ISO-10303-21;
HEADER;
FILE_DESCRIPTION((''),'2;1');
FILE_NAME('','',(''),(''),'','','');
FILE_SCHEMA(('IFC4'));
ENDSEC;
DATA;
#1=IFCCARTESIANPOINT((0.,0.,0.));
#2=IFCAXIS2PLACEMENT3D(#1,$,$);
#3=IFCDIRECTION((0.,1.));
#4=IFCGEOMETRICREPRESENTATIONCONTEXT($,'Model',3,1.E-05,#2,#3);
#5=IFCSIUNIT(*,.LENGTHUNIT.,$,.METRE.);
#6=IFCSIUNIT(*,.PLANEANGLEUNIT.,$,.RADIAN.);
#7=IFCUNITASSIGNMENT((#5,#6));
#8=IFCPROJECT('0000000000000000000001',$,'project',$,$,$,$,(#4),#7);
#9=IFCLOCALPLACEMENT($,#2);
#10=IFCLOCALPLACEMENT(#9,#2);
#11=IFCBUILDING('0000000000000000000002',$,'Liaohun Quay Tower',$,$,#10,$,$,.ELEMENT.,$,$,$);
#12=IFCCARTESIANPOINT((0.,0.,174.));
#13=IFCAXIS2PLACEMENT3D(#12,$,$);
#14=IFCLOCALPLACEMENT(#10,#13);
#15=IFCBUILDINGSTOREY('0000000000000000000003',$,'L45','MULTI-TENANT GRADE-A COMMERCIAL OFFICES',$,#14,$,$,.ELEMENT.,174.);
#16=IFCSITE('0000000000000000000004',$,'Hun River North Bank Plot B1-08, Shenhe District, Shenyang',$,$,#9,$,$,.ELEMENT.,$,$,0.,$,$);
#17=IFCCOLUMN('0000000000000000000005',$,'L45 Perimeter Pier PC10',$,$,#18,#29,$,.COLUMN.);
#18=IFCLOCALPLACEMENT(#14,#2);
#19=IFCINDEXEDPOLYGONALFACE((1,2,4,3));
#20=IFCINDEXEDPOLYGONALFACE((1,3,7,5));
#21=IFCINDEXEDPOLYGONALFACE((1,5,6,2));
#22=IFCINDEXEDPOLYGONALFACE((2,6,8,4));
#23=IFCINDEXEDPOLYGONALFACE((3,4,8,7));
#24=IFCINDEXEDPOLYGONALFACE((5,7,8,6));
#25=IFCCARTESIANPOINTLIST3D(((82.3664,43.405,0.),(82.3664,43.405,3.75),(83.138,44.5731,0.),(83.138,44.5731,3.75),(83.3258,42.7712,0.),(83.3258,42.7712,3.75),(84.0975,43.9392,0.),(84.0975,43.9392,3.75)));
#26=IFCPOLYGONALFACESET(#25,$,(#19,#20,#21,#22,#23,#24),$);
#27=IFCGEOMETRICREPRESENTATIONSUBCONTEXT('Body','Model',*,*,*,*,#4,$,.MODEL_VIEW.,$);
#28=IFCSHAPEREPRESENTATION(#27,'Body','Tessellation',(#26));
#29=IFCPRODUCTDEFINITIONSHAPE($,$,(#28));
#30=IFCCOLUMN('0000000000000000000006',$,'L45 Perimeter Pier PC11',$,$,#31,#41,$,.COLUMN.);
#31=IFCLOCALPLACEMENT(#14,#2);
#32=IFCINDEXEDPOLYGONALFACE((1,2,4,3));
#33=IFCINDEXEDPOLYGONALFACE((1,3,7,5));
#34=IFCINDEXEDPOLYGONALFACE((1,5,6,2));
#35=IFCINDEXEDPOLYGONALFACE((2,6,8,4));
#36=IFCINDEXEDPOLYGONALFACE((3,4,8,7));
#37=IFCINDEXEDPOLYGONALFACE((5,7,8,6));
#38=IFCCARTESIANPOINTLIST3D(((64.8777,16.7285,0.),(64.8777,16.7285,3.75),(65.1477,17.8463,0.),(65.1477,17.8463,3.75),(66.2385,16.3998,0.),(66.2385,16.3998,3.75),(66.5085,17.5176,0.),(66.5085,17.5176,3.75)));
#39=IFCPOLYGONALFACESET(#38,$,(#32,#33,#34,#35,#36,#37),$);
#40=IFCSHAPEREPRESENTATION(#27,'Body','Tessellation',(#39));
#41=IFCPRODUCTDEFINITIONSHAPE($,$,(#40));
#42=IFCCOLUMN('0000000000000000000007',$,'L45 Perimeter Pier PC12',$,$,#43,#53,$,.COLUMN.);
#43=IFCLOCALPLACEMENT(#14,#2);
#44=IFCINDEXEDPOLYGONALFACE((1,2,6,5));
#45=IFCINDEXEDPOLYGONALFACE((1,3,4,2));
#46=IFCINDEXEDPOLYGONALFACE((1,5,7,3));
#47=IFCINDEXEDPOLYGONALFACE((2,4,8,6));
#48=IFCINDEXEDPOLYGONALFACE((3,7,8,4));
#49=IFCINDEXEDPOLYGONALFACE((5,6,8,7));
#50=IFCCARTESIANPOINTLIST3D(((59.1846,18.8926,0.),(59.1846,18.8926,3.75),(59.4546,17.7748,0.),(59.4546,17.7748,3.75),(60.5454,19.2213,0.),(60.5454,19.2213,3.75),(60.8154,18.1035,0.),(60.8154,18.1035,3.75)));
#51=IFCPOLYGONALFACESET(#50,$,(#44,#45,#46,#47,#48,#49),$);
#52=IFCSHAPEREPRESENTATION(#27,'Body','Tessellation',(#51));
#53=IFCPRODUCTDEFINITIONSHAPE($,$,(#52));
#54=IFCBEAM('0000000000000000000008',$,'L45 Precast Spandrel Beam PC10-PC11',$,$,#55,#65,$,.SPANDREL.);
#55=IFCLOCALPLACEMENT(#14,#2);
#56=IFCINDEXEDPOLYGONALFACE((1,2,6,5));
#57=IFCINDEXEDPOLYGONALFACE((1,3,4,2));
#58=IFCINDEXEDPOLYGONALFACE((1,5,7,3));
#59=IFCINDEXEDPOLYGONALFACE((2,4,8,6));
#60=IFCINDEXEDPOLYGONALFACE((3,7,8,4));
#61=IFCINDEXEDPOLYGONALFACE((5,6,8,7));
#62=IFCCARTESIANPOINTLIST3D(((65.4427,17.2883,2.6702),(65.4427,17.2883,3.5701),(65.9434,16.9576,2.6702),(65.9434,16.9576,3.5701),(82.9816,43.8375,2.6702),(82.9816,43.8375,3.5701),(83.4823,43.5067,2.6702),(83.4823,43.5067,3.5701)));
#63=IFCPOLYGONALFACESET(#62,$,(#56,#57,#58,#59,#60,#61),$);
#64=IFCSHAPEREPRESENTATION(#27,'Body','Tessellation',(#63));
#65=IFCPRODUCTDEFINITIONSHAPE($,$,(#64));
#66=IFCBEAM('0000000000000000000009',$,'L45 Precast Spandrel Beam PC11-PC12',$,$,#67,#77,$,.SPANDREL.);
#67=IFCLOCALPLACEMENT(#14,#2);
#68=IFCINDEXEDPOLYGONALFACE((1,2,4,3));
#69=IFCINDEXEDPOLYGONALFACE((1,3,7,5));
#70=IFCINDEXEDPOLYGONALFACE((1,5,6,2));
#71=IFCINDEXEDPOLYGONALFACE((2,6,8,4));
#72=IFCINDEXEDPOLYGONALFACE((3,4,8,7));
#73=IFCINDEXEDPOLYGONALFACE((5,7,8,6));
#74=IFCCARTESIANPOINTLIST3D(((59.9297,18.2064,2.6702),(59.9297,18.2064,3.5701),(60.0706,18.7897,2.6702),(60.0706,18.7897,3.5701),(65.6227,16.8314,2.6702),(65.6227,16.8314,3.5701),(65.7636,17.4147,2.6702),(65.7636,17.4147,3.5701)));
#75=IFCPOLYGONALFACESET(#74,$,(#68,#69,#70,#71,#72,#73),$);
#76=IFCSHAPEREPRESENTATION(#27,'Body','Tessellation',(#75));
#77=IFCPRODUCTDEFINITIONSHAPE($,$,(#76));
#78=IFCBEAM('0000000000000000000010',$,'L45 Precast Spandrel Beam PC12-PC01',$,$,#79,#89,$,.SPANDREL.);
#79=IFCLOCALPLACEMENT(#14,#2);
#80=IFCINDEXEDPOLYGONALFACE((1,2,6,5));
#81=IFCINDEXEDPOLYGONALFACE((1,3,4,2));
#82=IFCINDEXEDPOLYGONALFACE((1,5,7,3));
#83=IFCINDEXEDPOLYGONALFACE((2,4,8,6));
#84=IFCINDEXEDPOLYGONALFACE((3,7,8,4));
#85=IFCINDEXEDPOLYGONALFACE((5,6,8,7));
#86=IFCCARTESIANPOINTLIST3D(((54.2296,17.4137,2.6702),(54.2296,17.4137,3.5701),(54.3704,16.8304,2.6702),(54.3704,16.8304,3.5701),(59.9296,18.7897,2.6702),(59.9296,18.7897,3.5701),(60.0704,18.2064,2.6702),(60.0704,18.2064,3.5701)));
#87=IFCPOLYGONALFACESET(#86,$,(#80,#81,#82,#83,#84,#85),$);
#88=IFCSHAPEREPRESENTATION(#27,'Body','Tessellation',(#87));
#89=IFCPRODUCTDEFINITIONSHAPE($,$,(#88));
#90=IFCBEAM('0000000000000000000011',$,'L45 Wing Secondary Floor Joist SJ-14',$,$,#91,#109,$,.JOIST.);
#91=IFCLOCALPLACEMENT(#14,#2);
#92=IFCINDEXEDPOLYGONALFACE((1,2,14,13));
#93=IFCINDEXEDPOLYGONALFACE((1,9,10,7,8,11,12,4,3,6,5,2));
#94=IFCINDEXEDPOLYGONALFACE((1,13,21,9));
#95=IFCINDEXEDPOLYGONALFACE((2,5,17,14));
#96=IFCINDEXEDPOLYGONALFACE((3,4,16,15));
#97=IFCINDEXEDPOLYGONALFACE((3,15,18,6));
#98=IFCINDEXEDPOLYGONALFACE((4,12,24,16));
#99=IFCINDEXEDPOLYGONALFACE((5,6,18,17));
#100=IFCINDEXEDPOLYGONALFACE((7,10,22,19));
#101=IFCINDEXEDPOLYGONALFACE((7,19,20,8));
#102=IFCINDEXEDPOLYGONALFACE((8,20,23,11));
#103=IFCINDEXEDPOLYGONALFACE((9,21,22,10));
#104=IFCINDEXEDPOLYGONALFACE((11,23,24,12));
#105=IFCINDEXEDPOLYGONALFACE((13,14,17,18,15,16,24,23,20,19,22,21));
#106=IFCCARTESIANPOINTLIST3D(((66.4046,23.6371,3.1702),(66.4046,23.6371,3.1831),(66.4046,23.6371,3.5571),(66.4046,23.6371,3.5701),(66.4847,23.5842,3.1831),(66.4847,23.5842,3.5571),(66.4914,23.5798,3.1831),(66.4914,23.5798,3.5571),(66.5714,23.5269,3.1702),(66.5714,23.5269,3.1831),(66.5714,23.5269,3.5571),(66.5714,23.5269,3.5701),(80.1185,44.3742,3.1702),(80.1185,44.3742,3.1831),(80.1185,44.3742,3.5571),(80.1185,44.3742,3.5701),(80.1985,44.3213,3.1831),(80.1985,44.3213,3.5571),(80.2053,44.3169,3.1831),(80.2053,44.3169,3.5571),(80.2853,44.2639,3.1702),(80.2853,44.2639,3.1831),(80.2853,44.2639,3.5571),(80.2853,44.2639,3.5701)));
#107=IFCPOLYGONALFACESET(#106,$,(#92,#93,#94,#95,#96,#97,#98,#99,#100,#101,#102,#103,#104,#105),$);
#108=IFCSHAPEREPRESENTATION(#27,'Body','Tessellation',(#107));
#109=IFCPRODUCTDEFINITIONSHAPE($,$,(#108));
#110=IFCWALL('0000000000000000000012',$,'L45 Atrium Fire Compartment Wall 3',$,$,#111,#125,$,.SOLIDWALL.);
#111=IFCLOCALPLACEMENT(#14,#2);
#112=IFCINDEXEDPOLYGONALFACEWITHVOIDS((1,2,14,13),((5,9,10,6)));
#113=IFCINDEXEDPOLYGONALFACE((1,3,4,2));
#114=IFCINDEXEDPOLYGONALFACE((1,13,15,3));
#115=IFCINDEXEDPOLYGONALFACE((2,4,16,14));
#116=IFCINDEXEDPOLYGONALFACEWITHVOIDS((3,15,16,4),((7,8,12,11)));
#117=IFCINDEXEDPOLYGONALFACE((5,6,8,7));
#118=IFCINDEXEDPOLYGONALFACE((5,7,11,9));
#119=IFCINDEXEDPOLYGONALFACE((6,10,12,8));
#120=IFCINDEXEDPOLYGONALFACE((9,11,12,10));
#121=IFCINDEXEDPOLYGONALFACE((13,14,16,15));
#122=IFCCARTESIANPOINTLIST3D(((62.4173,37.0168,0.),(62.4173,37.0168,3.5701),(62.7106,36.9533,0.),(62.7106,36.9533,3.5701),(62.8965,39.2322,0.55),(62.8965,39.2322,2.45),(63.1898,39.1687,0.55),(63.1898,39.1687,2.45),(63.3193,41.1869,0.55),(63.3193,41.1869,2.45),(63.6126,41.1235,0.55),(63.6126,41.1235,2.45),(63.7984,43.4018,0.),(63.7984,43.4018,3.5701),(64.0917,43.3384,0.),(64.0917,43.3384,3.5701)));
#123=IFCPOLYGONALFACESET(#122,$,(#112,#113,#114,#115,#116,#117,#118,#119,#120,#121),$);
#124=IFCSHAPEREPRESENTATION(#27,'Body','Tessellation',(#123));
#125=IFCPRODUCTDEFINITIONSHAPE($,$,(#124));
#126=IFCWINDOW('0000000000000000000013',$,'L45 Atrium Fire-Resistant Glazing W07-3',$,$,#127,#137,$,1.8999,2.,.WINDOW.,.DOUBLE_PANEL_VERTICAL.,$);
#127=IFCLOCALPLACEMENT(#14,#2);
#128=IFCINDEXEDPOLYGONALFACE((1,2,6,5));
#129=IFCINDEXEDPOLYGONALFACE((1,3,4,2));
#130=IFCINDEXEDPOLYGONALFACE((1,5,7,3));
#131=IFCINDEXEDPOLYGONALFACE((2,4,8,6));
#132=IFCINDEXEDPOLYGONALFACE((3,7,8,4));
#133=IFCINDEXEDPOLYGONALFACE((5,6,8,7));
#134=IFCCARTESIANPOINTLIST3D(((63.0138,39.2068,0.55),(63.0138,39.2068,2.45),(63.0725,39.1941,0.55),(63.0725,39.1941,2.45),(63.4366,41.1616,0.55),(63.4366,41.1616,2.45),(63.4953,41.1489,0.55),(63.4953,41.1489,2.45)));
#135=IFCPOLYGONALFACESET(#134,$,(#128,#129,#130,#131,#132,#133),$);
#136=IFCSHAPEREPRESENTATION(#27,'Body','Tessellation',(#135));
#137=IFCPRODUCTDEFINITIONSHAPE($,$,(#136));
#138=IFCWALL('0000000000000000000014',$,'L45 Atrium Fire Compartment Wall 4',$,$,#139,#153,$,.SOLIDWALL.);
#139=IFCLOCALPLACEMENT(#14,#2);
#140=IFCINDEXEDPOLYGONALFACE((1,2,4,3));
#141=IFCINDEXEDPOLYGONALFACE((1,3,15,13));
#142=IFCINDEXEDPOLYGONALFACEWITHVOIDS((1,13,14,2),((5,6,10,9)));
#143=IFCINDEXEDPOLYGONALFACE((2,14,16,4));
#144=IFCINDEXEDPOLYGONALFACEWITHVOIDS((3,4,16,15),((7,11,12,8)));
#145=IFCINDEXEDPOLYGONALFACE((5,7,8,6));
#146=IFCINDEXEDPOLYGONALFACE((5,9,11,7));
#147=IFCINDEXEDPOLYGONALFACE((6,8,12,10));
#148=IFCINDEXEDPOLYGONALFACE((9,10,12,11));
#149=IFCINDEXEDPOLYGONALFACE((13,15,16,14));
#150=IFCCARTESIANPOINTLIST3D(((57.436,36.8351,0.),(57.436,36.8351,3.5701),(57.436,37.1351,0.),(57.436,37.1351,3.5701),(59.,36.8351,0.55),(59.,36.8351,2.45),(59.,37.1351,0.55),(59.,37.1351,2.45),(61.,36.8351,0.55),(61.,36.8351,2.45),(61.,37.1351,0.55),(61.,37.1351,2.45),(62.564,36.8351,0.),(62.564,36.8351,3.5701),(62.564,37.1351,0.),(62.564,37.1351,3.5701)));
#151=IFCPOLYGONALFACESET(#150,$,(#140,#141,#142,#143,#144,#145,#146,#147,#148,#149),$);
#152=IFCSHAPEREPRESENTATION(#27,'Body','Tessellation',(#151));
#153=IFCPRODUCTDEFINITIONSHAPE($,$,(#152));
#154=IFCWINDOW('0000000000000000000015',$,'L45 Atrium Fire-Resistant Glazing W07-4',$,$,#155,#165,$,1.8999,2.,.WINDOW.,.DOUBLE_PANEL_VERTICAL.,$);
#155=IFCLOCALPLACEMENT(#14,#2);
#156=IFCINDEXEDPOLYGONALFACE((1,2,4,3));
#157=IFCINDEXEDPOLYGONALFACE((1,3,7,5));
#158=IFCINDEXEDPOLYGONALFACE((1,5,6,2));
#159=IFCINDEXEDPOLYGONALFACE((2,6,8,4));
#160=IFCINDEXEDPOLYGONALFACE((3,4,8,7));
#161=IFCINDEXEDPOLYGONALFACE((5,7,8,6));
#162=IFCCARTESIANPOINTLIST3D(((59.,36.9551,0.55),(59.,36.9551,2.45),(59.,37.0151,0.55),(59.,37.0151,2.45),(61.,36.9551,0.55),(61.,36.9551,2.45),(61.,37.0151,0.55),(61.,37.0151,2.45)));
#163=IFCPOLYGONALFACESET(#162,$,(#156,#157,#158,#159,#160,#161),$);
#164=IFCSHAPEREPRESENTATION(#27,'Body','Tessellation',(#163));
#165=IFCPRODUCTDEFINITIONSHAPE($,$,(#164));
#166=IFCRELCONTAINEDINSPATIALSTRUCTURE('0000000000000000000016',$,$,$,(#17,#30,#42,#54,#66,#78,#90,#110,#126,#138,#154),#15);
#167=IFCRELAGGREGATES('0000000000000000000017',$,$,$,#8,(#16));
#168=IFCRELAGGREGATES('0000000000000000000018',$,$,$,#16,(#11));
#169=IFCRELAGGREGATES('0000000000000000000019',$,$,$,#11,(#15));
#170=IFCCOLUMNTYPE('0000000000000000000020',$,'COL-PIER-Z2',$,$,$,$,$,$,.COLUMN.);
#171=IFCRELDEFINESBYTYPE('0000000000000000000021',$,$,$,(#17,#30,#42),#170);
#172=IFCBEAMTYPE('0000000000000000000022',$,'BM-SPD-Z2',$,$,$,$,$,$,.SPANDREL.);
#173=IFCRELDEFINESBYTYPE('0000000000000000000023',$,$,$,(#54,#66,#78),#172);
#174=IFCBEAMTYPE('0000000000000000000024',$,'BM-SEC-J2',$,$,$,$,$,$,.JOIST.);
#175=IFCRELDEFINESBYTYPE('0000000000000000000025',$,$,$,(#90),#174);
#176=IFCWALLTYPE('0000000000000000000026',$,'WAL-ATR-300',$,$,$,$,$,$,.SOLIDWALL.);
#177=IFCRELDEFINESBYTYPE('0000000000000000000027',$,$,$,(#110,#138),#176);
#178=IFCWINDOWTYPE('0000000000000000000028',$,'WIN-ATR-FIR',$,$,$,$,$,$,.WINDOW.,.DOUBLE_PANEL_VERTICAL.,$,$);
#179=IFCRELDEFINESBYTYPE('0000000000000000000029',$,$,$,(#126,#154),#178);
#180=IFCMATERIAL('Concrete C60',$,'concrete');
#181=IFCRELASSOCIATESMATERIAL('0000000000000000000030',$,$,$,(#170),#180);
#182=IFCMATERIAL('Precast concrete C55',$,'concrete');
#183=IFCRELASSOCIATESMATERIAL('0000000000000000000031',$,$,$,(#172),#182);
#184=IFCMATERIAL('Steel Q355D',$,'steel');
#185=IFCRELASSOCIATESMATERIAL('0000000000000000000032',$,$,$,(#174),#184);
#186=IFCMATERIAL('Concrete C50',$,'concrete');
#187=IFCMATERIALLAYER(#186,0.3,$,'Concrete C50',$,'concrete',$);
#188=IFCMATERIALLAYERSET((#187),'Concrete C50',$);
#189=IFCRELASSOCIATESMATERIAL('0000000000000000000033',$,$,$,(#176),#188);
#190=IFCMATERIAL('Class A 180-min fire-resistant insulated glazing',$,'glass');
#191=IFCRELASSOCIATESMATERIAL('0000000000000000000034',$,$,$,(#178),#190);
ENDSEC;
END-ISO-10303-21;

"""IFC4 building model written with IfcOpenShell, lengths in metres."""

from ifc_helpers import new_model, si_unit, direction, frame, frame_2d, origin, origin_2d, place, context, subcontext, project, spatial, rectangle, i_section, extrude, source, transform, mapped, material, layer, layer_set, material_profile, profile_set, type_object, element, fill, save


model = new_model("IFC4")

# Units and contexts
model_context = context("Model", 3, precision=1e-05, world=origin(), true_north=direction((0.0, 1.0)))
body_context = subcontext(model_context, "Body", "Model", "MODEL_VIEW")
ifc_project = project(units=[si_unit("LENGTHUNIT", "METRE"), si_unit("PLANEANGLEUNIT", "RADIAN")], contexts=[model_context])

# Site, building, storey
site_placement = place(None, origin())
site = spatial("IfcSite", under=ifc_project, at=site_placement, Name="Hun River North Bank Plot B1-08, Shenhe District, Shenyang", CompositionType="ELEMENT", RefElevation=0.0)
building_placement = place(site_placement, origin())
building = spatial("IfcBuilding", under=site, at=building_placement, Name="Liaohun Quay Tower", CompositionType="ELEMENT")
storey_placement = place(building_placement, frame((0.0, 0.0, 174.0)))
storey = spatial("IfcBuildingStorey", under=building, at=storey_placement, Name="L45", Description="MULTI-TENANT GRADE-A COMMERCIAL OFFICES", CompositionType="ELEMENT", Elevation=174.0)

# Columns
ifc_material_1 = material(Name="Concrete C60", Category="concrete")
ifc_material_profile_1 = material_profile(ifc_material_1, rectangle(XDim=1.3999, YDim=1.1499, at=origin_2d()), Name="RC1400x1150")
ifc_profile_set_1 = profile_set([ifc_material_profile_1], Name="Concrete C60")
column_type = type_object("IfcColumnType", Name="COL-PIER-Z2", PredefinedType="COLUMN", material=ifc_profile_set_1)
shared_shape_1 = source(origin(), body_context, "Body", "SweptSolid", [
    extrude(rectangle(XDim=1.3999, YDim=1.1499, at=origin_2d()), origin(), (0.0, 0.0, 1.0), 3.75),
])
for number, where, z_axis, x_axis, name in (
    (1, (83.2319, 43.6721, 0.0), (0.0, 0.0, 1.0), (0.551209, 0.834367, 0.0), "L45 Perimeter Pier PC10"),
    (2, (65.6931, 17.123, 0.0), (0.0, 0.0, 1.0), (-0.972043, 0.234803, 0.0), "L45 Perimeter Pier PC11"),
    (3, (60.0, 18.498, 0.0), (0.0, 0.0, 1.0), (0.972043, 0.234803, 0.0), "L45 Perimeter Pier PC12"),
):
    element("IfcColumn", number, at=place(storey_placement, frame(where, z_axis=z_axis, x_axis=x_axis)), inside=storey, type_object=column_type, Name=name, PredefinedType="COLUMN", context=body_context, shape_type="MappedRepresentation", body=[
        mapped(shared_shape_1, transform((0.0, 0.0, 0.0), x_axis=(1.0, 0.0, 0.0), y_axis=(0.0, 1.0, 0.0), z_axis=(0.0, 0.0, 1.0), scale=1.0)),
    ])

# Beams
ifc_material_2 = material(Name="Precast concrete C55", Category="concrete")
ifc_material_profile_2 = material_profile(ifc_material_2, rectangle(XDim=0.6001, YDim=0.8999, at=origin_2d()), Name="RC600x900")
ifc_profile_set_2 = profile_set([ifc_material_profile_2], Name="Precast concrete C55")
beam_type_1 = type_object("IfcBeamType", Name="BM-SPD-Z2", PredefinedType="SPANDREL", material=ifc_profile_set_2)
shared_shape_2 = source(origin(), body_context, "Body", "SweptSolid", [
    extrude(rectangle(XDim=0.6001, YDim=0.8999, at=origin_2d()), origin(), (0.0, 0.0, 1.0), 31.8193),
])
beam_1_placement = place(storey_placement, frame((83.2319, 43.6721, 3.1201), z_axis=(-0.551202, -0.834372, 0.0), x_axis=(0.834372, -0.551202, 0.0)))
element("IfcBeam", 4, at=beam_1_placement, inside=storey, type_object=beam_type_1, Name="L45 Precast Spandrel Beam PC10-PC11", PredefinedType="SPANDREL", context=body_context, shape_type="MappedRepresentation", body=[
    mapped(shared_shape_2, transform((0.0, 0.0, 0.0), x_axis=(1.0, 0.0, 0.0), y_axis=(0.0, 1.0, 0.0), z_axis=(0.0, 0.0, 1.0), scale=1.0)),
])
shared_shape_3 = source(origin(), body_context, "Body", "SweptSolid", [
    extrude(rectangle(XDim=0.6001, YDim=0.8999, at=origin_2d()), origin(), (0.0, 0.0, 1.0), 5.8567),
])
beam_2_placement = place(storey_placement, frame((65.6931, 17.123, 3.1201), z_axis=(-0.972051, 0.23477, 0.0), x_axis=(-0.23477, -0.972051, 0.0)))
element("IfcBeam", 5, at=beam_2_placement, inside=storey, type_object=beam_type_1, Name="L45 Precast Spandrel Beam PC11-PC12", PredefinedType="SPANDREL", context=body_context, shape_type="MappedRepresentation", body=[
    mapped(shared_shape_3, transform((0.0, 0.0, 0.0), x_axis=(1.0, 0.0, 0.0), y_axis=(0.0, 1.0, 0.0), z_axis=(0.0, 0.0, 1.0), scale=1.0)),
])
shared_shape_4 = source(origin(), body_context, "Body", "SweptSolid", [
    extrude(rectangle(XDim=0.6001, YDim=0.8999, at=origin_2d()), origin(), (0.0, 0.0, 1.0), 5.8638),
])
beam_3_placement = place(storey_placement, frame((60.0, 18.498, 3.1201), z_axis=(-0.972077, -0.234661, 0.0), x_axis=(0.234661, -0.972077, 0.0)))
element("IfcBeam", 6, at=beam_3_placement, inside=storey, type_object=beam_type_1, Name="L45 Precast Spandrel Beam PC12-PC01", PredefinedType="SPANDREL", context=body_context, shape_type="MappedRepresentation", body=[
    mapped(shared_shape_4, transform((0.0, 0.0, 0.0), x_axis=(1.0, 0.0, 0.0), y_axis=(0.0, 1.0, 0.0), z_axis=(0.0, 0.0, 1.0), scale=1.0)),
])
ifc_material_3 = material(Name="Steel Q355D", Category="steel")
ifc_material_profile_3 = material_profile(ifc_material_3, i_section(OverallWidth=0.2, OverallDepth=0.3999, WebThickness=0.0081, FlangeThickness=0.0129, at=origin_2d()), Name="HN400x200x8x13")
ifc_profile_set_3 = profile_set([ifc_material_profile_3], Name="Steel Q355D")
beam_type_2 = type_object("IfcBeamType", Name="BM-SEC-J2", PredefinedType="JOIST", material=ifc_profile_set_3)
shared_shape_5 = source(origin(), body_context, "Body", "SweptSolid", [
    extrude(i_section(OverallWidth=0.2, OverallDepth=0.3999, WebThickness=0.0081, FlangeThickness=0.0129, at=origin_2d()), origin(), (0.0, 0.0, 1.0), 24.8616),
])
beam_4_placement = place(storey_placement, frame((80.2019, 44.3191, 3.3701), z_axis=(-0.55161, -0.834102, 0.0), x_axis=(0.834102, -0.55161, 0.0)))
element("IfcBeam", 7, at=beam_4_placement, inside=storey, type_object=beam_type_2, Name="L45 Wing Secondary Floor Joist SJ-14", PredefinedType="JOIST", context=body_context, shape_type="MappedRepresentation", body=[
    mapped(shared_shape_5, transform((0.0, 0.0, 0.0), x_axis=(1.0, 0.0, 0.0), y_axis=(0.0, 1.0, 0.0), z_axis=(0.0, 0.0, 1.0), scale=1.0)),
])

# Walls, openings, windows
ifc_material_4 = material(Name="Concrete C50", Category="concrete")
ifc_layer_1 = layer(ifc_material_4, 0.3, Name="Concrete C50", Category="concrete")
ifc_layer_set_1 = layer_set([ifc_layer_1], Name="Concrete C50")
wall_type_1 = type_object("IfcWallType", Name="WAL-ATR-300", PredefinedType="SOLIDWALL", material=ifc_layer_set_1)
wall_1_placement = place(storey_placement, frame((63.9451, 43.3701, 0.0), z_axis=(0.0, 0.0, 1.0), x_axis=(-0.211415, -0.977396, 0.0)))
wall_1 = element("IfcWall", 8, at=wall_1_placement, inside=storey, type_object=wall_type_1, Name="L45 Atrium Fire Compartment Wall 3", PredefinedType="SOLIDWALL", context=body_context, shape_type="SweptSolid", body=[
    extrude(rectangle(XDim=6.5327, YDim=0.3, at=frame_2d((3.2664, 0.0))), origin(), (0.0, 0.0, 1.0), 3.5701),
])
shared_shape_6 = source(origin(), body_context, "Body", "SweptSolid", [
    extrude(rectangle(XDim=2.0, YDim=1.8999, at=frame_2d((1.0, 0.95))), frame((0.0, 0.1599, 0.0), z_axis=(0.0, -1.0, 0.0), x_axis=(1.0, 0.0, 0.0)), (0.0, 0.0, 1.0), 0.3201),
])
opening_1_placement = place(wall_1_placement, frame((2.2661, 0.0, 0.55)))
opening_1 = element("IfcOpeningElement", 9, at=opening_1_placement, cuts=wall_1, PredefinedType="OPENING", context=body_context, shape_type="MappedRepresentation", body=[
    mapped(shared_shape_6, transform((0.0, 0.0, 0.0), x_axis=(1.0, 0.0, 0.0), y_axis=(0.0, 1.0, 0.0), z_axis=(0.0, 0.0, 1.0), scale=1.0)),
])
ifc_material_5 = material(Name="Class A 180-min fire-resistant insulated glazing", Category="glass")
window_type_1 = type_object("IfcWindowType", Name="WIN-ATR-FIR", PartitioningType="DOUBLE_PANEL_VERTICAL", PredefinedType="WINDOW", material=ifc_material_5)
shared_shape_7 = source(origin(), body_context, "Body", "SweptSolid", [
    extrude(rectangle(XDim=2.0, YDim=1.8999, at=frame_2d((1.0, 0.95))), frame((0.0, 0.03, 0.0), z_axis=(0.0, -1.0, 0.0), x_axis=(1.0, 0.0, 0.0)), (0.0, 0.0, 1.0), 0.0601),
])
window_1_placement = place(opening_1_placement, origin())
window_1 = element("IfcWindow", 10, at=window_1_placement, inside=storey, type_object=window_type_1, Name="L45 Atrium Fire-Resistant Glazing W07-3", OverallHeight=1.8999, OverallWidth=2.0, PartitioningType="DOUBLE_PANEL_VERTICAL", PredefinedType="WINDOW", context=body_context, shape_type="MappedRepresentation", body=[
    mapped(shared_shape_7, transform((0.0, 0.0, 0.0), x_axis=(1.0, 0.0, 0.0), y_axis=(0.0, 1.0, 0.0), z_axis=(0.0, 0.0, 1.0), scale=1.0)),
])
fill(opening_1, window_1)
wall_2_placement = place(storey_placement, frame((62.564, 36.9851, 0.0), z_axis=(0.0, 0.0, 1.0), x_axis=(-1.0, 0.0, 0.0)))
wall_2 = element("IfcWall", 11, at=wall_2_placement, inside=storey, type_object=wall_type_1, Name="L45 Atrium Fire Compartment Wall 4", PredefinedType="SOLIDWALL", context=body_context, shape_type="SweptSolid", body=[
    extrude(rectangle(XDim=5.1279, YDim=0.3, at=frame_2d((2.564, 0.0))), origin(), (0.0, 0.0, 1.0), 3.5701),
])
opening_2_placement = place(wall_2_placement, frame((1.564, 0.0, 0.55)))
opening_2 = element("IfcOpeningElement", 12, at=opening_2_placement, cuts=wall_2, PredefinedType="OPENING", context=body_context, shape_type="MappedRepresentation", body=[
    mapped(shared_shape_6, transform((0.0, 0.0, 0.0), x_axis=(1.0, 0.0, 0.0), y_axis=(0.0, 1.0, 0.0), z_axis=(0.0, 0.0, 1.0), scale=1.0)),
])
window_2_placement = place(opening_2_placement, origin())
window_2 = element("IfcWindow", 13, at=window_2_placement, inside=storey, type_object=window_type_1, Name="L45 Atrium Fire-Resistant Glazing W07-4", OverallHeight=1.8999, OverallWidth=2.0, PartitioningType="DOUBLE_PANEL_VERTICAL", PredefinedType="WINDOW", context=body_context, shape_type="MappedRepresentation", body=[
    mapped(shared_shape_7, transform((0.0, 0.0, 0.0), x_axis=(1.0, 0.0, 0.0), y_axis=(0.0, 1.0, 0.0), z_axis=(0.0, 0.0, 1.0), scale=1.0)),
])
fill(opening_2, window_2)

save(model, "model.ifc")
